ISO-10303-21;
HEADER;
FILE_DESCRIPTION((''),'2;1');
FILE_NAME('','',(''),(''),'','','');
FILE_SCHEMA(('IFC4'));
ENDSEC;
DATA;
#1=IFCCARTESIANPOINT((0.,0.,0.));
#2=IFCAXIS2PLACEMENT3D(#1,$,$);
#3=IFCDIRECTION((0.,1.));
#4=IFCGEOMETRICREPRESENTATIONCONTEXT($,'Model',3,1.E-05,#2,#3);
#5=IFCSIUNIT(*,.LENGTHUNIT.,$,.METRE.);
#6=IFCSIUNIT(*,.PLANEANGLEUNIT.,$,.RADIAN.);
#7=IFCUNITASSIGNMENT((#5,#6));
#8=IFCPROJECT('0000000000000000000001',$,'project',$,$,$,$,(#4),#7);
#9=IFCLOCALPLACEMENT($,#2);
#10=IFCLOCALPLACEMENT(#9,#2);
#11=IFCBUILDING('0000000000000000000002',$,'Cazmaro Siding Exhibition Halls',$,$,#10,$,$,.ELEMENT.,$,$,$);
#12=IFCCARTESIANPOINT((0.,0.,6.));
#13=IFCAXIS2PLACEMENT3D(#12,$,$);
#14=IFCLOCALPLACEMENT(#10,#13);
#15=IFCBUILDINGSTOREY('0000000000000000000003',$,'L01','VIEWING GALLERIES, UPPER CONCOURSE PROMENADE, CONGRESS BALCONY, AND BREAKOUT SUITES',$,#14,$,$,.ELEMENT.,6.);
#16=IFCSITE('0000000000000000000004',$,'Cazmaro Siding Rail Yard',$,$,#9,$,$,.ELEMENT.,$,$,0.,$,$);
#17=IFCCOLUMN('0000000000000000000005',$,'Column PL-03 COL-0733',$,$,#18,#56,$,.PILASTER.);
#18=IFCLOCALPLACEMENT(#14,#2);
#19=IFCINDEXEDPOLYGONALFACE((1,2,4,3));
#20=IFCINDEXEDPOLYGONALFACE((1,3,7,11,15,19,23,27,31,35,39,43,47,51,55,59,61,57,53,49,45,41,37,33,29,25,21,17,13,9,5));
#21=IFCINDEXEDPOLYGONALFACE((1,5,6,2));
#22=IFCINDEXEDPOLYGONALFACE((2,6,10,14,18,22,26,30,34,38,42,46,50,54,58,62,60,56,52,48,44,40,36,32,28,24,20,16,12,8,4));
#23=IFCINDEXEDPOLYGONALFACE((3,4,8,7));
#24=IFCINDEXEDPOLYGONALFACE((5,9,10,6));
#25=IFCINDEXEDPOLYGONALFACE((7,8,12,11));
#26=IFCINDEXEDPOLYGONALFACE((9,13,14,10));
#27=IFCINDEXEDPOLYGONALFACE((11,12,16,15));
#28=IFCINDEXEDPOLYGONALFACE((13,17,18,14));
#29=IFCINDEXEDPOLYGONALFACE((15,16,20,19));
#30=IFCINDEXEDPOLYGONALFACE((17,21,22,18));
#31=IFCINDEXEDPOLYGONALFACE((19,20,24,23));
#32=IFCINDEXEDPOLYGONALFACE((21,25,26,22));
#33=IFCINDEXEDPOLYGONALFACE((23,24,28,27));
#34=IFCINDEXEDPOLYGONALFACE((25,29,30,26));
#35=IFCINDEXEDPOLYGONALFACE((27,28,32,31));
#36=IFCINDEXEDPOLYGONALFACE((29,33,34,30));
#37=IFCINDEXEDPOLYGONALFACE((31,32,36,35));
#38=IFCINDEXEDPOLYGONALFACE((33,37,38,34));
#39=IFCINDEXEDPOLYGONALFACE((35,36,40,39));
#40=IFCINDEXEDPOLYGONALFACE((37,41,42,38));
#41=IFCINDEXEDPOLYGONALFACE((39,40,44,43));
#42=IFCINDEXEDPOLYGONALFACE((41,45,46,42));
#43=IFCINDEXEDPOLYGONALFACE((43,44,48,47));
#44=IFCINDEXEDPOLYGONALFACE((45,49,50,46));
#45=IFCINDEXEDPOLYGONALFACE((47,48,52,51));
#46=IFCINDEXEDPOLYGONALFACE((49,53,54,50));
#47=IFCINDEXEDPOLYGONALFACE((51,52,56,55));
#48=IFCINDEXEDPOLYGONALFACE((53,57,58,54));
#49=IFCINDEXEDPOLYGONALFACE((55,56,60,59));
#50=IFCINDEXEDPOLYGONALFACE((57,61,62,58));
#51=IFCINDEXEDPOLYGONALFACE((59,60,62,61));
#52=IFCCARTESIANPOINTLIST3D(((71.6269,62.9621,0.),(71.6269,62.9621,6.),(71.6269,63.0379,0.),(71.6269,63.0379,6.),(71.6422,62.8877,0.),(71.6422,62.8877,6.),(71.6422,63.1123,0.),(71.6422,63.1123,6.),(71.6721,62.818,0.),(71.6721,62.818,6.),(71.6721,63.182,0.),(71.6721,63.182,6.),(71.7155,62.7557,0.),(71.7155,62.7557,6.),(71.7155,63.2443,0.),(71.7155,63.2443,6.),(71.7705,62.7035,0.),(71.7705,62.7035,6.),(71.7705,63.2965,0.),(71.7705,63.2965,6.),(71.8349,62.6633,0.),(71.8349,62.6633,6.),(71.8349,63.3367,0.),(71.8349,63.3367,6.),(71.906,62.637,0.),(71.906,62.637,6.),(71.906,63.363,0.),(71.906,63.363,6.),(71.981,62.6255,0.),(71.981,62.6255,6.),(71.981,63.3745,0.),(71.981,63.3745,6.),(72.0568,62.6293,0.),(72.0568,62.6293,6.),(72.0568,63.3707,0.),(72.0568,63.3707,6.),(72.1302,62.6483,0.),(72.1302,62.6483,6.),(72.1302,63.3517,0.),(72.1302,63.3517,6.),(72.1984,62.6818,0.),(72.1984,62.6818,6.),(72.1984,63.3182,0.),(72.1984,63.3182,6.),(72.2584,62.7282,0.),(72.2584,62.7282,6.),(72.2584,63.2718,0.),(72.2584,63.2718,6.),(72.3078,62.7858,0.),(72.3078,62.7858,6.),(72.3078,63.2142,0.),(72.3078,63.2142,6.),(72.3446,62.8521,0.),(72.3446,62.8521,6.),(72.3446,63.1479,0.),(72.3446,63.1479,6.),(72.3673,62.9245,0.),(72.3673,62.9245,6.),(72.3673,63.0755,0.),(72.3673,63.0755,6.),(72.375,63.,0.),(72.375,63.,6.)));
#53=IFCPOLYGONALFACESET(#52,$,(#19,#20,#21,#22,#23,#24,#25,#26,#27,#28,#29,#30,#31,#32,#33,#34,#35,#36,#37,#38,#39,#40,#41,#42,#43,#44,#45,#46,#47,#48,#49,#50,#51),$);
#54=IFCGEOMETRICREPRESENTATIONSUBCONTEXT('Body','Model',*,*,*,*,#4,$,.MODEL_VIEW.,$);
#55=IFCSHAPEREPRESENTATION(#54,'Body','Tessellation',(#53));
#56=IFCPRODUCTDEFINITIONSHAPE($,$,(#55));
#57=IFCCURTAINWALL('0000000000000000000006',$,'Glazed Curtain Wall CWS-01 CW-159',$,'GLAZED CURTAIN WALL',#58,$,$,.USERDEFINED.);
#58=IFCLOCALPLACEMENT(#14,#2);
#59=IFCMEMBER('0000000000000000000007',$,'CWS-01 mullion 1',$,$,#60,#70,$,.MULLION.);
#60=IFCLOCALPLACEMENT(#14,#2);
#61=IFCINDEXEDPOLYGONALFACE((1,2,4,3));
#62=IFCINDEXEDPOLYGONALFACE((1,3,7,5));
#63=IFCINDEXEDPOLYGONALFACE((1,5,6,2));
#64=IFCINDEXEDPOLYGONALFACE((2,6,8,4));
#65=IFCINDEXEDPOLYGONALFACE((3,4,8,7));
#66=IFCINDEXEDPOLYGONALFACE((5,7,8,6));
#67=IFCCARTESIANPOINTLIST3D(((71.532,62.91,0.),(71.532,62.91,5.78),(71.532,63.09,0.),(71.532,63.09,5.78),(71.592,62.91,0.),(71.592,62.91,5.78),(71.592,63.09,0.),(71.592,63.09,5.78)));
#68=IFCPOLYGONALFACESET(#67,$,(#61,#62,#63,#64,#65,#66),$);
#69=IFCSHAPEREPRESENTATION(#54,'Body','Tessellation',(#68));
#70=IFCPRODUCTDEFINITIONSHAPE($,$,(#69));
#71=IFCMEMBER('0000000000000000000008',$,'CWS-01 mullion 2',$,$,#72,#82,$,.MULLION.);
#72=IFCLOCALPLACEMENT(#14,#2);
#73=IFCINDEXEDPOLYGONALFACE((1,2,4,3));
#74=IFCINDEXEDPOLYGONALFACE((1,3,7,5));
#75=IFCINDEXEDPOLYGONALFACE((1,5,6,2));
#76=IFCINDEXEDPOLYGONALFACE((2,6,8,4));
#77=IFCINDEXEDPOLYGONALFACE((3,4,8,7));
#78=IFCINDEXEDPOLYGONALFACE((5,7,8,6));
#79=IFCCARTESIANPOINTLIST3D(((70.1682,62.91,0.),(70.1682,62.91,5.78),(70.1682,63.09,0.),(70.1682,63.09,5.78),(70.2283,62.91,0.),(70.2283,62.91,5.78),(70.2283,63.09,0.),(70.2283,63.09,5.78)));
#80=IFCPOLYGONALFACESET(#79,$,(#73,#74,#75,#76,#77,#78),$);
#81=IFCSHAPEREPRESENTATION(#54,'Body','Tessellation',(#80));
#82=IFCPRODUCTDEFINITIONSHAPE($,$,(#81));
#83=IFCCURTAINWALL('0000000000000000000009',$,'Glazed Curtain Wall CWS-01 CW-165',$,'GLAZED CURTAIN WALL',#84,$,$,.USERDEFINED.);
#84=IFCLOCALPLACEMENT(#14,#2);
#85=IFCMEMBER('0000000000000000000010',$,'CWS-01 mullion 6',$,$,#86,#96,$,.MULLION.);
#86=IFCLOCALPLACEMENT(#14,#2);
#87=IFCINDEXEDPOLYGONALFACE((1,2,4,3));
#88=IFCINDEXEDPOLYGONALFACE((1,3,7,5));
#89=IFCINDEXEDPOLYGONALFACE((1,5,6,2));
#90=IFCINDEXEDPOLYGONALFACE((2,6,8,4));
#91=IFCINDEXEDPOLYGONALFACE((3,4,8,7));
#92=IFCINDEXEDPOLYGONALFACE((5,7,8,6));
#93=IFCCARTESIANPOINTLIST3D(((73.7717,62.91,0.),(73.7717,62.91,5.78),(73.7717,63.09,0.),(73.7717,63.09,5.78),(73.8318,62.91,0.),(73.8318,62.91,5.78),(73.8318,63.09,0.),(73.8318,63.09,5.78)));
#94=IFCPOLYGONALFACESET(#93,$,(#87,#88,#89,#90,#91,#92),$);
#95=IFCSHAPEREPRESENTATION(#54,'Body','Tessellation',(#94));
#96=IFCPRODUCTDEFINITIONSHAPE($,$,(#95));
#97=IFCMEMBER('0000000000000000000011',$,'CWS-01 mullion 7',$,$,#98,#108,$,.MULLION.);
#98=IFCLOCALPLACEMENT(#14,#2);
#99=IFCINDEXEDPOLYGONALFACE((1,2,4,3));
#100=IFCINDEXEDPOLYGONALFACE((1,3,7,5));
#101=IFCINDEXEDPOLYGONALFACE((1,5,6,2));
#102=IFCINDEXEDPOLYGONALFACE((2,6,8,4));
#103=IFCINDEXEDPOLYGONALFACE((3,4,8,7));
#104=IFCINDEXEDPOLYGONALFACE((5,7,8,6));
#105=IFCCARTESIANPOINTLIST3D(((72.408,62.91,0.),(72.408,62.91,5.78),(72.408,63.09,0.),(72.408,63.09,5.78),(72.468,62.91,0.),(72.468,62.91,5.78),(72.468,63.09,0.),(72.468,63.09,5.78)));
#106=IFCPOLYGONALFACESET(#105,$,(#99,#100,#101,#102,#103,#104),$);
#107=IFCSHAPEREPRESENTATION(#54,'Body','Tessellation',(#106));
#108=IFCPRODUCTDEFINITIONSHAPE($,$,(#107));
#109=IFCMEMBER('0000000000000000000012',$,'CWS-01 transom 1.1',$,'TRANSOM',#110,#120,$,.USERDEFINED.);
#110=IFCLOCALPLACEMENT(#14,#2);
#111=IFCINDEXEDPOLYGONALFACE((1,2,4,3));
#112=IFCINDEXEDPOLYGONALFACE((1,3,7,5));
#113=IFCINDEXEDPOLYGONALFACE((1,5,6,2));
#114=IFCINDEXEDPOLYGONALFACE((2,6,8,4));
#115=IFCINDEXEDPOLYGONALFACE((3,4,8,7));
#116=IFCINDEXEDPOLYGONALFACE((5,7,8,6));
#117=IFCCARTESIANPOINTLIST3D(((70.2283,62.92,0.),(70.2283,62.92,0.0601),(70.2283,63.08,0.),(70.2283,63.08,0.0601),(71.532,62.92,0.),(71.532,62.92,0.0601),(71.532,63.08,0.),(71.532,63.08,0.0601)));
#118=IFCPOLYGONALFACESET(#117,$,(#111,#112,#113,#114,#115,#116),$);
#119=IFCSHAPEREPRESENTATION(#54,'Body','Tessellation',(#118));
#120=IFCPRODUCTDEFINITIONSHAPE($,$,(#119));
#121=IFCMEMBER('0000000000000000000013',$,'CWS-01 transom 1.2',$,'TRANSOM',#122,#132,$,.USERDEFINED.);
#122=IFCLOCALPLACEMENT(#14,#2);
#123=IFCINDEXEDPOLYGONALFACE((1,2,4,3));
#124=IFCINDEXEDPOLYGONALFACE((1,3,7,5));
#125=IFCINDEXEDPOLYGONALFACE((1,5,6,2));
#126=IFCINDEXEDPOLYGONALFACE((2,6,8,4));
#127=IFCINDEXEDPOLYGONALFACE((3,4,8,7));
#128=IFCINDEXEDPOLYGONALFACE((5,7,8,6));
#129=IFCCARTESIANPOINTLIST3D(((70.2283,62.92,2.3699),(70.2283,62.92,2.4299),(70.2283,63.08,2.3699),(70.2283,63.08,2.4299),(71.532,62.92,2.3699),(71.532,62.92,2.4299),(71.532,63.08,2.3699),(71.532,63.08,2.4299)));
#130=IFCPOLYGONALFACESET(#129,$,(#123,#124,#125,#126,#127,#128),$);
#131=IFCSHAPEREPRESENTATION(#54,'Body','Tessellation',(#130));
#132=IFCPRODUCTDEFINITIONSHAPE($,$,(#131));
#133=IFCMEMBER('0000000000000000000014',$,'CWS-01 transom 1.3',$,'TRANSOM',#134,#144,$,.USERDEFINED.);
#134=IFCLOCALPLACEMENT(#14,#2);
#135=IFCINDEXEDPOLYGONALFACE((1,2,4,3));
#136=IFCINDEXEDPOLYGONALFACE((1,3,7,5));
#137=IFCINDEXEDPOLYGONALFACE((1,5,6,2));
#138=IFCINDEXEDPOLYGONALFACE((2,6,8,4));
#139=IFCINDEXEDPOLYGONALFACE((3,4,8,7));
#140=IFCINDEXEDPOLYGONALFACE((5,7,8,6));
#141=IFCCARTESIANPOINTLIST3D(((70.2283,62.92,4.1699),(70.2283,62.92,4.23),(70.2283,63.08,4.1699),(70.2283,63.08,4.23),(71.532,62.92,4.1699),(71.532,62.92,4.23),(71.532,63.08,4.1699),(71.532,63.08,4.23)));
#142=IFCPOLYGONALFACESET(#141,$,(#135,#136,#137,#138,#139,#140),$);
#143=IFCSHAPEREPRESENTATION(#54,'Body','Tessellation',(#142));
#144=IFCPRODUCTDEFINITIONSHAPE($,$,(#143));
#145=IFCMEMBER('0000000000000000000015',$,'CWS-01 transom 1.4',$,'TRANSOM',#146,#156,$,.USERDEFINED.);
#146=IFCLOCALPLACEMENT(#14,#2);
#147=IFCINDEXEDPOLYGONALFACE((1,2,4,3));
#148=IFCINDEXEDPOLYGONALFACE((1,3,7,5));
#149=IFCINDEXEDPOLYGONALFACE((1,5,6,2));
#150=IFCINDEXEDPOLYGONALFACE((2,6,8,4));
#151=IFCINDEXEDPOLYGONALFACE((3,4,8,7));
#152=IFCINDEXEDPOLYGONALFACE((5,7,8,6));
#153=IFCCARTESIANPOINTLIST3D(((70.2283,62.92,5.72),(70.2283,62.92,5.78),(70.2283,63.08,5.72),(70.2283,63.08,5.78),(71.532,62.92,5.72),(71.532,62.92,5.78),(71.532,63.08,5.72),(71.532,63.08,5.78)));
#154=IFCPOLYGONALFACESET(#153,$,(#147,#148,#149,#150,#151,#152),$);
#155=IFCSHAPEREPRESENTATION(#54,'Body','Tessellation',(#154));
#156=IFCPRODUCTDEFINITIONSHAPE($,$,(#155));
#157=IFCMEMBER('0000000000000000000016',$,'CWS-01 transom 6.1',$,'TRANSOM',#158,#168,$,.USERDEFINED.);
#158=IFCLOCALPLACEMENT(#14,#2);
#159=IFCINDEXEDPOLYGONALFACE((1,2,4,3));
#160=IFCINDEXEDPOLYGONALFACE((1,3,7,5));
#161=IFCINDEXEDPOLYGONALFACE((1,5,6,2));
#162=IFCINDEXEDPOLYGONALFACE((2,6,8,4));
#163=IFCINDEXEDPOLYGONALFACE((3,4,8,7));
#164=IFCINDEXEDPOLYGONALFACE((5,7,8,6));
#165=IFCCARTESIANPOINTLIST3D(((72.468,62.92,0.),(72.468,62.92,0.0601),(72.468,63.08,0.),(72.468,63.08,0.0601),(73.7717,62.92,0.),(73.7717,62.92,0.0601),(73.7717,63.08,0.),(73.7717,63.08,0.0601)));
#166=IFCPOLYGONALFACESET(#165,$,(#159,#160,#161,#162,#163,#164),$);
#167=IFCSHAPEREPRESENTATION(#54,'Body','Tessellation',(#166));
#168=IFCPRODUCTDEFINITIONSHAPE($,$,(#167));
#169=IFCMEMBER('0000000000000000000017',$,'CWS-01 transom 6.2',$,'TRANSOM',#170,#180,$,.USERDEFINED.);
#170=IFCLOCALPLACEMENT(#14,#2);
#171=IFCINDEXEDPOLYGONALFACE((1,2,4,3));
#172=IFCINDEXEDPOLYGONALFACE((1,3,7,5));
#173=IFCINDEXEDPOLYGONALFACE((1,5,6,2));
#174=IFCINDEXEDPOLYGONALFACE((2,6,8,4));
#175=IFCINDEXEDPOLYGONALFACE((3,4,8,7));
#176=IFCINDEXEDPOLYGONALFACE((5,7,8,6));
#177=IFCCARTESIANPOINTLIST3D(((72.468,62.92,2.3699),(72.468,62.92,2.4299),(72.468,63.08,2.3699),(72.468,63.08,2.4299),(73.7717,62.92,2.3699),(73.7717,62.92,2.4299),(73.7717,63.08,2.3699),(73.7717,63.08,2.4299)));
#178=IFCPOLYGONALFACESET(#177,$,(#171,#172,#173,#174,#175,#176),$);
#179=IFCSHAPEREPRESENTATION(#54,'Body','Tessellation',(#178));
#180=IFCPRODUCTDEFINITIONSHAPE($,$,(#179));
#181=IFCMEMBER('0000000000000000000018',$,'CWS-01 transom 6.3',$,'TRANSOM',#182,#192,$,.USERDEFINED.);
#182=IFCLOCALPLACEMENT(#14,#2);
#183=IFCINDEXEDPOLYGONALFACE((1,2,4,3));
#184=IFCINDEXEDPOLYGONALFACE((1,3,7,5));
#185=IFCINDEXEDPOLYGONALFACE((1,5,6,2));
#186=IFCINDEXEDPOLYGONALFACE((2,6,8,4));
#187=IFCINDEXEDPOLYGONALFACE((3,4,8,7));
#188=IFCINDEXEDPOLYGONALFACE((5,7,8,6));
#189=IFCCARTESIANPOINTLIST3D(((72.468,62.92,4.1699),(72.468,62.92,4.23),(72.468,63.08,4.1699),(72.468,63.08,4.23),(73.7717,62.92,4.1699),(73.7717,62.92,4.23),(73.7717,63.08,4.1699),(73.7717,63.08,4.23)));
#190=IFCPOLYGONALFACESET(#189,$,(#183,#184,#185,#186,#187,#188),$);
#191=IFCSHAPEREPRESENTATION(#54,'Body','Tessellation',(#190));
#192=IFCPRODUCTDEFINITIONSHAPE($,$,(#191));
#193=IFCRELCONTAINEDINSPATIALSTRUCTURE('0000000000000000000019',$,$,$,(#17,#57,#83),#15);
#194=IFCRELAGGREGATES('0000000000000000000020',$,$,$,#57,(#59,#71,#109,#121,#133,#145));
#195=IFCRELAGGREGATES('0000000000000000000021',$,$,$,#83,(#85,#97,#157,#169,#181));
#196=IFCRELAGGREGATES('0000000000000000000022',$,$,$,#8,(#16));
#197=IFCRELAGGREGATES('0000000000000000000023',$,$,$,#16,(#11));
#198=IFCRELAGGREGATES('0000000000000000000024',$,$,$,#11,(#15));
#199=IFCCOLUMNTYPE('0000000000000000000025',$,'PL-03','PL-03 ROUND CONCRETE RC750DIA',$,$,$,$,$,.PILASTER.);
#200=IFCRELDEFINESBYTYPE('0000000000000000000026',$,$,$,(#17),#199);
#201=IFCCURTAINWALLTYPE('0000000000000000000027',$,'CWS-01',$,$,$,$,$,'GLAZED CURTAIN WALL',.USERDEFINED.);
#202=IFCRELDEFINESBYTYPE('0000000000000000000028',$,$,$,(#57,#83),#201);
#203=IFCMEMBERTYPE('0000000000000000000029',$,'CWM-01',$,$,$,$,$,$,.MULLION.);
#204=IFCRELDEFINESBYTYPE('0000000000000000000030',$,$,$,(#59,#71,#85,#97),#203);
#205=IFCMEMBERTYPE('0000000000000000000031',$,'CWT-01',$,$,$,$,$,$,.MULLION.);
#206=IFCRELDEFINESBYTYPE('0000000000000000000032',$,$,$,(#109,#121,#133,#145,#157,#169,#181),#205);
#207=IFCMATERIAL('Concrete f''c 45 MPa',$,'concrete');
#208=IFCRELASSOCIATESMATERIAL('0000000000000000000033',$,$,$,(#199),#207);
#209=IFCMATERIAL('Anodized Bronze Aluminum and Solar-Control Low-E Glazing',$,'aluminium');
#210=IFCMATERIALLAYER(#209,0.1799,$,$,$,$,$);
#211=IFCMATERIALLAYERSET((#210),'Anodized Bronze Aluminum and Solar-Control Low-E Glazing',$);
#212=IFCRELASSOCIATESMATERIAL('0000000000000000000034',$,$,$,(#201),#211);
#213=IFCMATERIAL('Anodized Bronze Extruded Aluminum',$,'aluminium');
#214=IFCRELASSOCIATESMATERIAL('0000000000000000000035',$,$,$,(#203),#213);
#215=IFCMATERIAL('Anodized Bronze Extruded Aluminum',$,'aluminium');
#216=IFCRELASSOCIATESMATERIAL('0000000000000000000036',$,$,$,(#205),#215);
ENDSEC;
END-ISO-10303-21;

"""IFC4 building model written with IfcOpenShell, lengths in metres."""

from ifc_helpers import new_model, si_unit, direction, frame, origin, origin_2d, place, context, subcontext, project, spatial, rectangle, circle, extrude, material, layer, layer_set, material_profile, profile_set, type_object, element, aggregate, save


model = new_model("IFC4")

# Units and contexts
model_context = context("Model", 3, precision=1e-05, world=origin(), true_north=direction((0.0, 1.0)))
body_context = subcontext(model_context, "Body", "Model", "MODEL_VIEW")
ifc_project = project(units=[si_unit("LENGTHUNIT", "METRE"), si_unit("PLANEANGLEUNIT", "RADIAN")], contexts=[model_context])

# Site, building, storey
site_placement = place(None, origin())
site = spatial("IfcSite", under=ifc_project, at=site_placement, Name="Cazmaro Siding Rail Yard", CompositionType="ELEMENT", RefElevation=0.0)
building_placement = place(site_placement, origin())
building = spatial("IfcBuilding", under=site, at=building_placement, Name="Cazmaro Siding Exhibition Halls", CompositionType="ELEMENT")
storey_placement = place(building_placement, frame((0.0, 0.0, 6.0)))
storey = spatial("IfcBuildingStorey", under=building, at=storey_placement, Name="L01", Description="VIEWING GALLERIES, UPPER CONCOURSE PROMENADE, CONGRESS BALCONY, AND BREAKOUT SUITES", CompositionType="ELEMENT", Elevation=6.0)

# Column
ifc_material_1 = material(Name="Concrete f'c 45 MPa", Category="concrete")
ifc_material_profile_1 = material_profile(ifc_material_1, circle(Radius=0.375, at=origin_2d()), Name="RC750DIA")
ifc_profile_set_1 = profile_set([ifc_material_profile_1], Name="Concrete f'c 45 MPa")
column_type = type_object("IfcColumnType", Name="PL-03", Description="PL-03 ROUND CONCRETE RC750DIA", PredefinedType="PILASTER", material=ifc_profile_set_1)
column_placement = place(storey_placement, frame((72.0, 63.0, 0.0), z_axis=(0.0, 0.0, 1.0), x_axis=(1.0, 0.0, 0.0)))
element("IfcColumn", 1, at=column_placement, inside=storey, type_object=column_type, Name="Column PL-03 COL-0733", PredefinedType="PILASTER", context=body_context, shape_type="SweptSolid", body=[
    extrude(circle(Radius=0.375, at=origin_2d()), origin(), (0.0, 0.0, 1.0), 6.0),
])

# Curtain walls, members
ifc_material_2 = material(Name="Anodized Bronze Aluminum and Solar-Control Low-E Glazing", Category="aluminium")
ifc_layer_1 = layer(ifc_material_2, 0.1799)
ifc_layer_set_1 = layer_set([ifc_layer_1], Name="Anodized Bronze Aluminum and Solar-Control Low-E Glazing")
curtain_wall_type = type_object("IfcCurtainWallType", Name="CWS-01", ElementType="GLAZED CURTAIN WALL", PredefinedType="USERDEFINED", material=ifc_layer_set_1)
curtain_wall_1_placement = place(storey_placement, origin())
curtain_wall_1 = element("IfcCurtainWall", 2, at=curtain_wall_1_placement, inside=storey, type_object=curtain_wall_type, Name="Glazed Curtain Wall CWS-01 CW-159", ObjectType="GLAZED CURTAIN WALL", PredefinedType="USERDEFINED")
ifc_material_3 = material(Name="Anodized Bronze Extruded Aluminum", Category="aluminium")
ifc_material_profile_2 = material_profile(ifc_material_3, rectangle(XDim=0.1799, YDim=0.0601, at=origin_2d()), Name="CWM-01")
ifc_profile_set_2 = profile_set([ifc_material_profile_2], Name="Anodized Bronze Extruded Aluminum")
member_type_1 = type_object("IfcMemberType", Name="CWM-01", PredefinedType="MULLION", material=ifc_profile_set_2)
member_1_placement = place(storey_placement, frame((71.562, 63.0, 0.0), z_axis=(0.0, 0.0, 1.0), x_axis=(0.0, -1.0, 0.0)))
member_1 = element("IfcMember", 3, at=member_1_placement, type_object=member_type_1, Name="CWS-01 mullion 1", PredefinedType="MULLION", context=body_context, shape_type="SweptSolid", body=[
    extrude(rectangle(XDim=0.1799, YDim=0.0601, at=origin_2d()), origin(), (0.0, 0.0, 1.0), 5.78),
])
member_2_placement = place(storey_placement, frame((70.1982, 63.0, 0.0), z_axis=(0.0, 0.0, 1.0), x_axis=(0.0, -1.0, 0.0)))
member_2 = element("IfcMember", 4, at=member_2_placement, type_object=member_type_1, Name="CWS-01 mullion 2", PredefinedType="MULLION", context=body_context, shape_type="SweptSolid", body=[
    extrude(rectangle(XDim=0.1799, YDim=0.0601, at=origin_2d()), origin(), (0.0, 0.0, 1.0), 5.78),
])
curtain_wall_2_placement = place(storey_placement, origin())
curtain_wall_2 = element("IfcCurtainWall", 5, at=curtain_wall_2_placement, inside=storey, type_object=curtain_wall_type, Name="Glazed Curtain Wall CWS-01 CW-165", ObjectType="GLAZED CURTAIN WALL", PredefinedType="USERDEFINED")
member_3_placement = place(storey_placement, frame((73.8018, 63.0, 0.0), z_axis=(0.0, 0.0, 1.0), x_axis=(0.0, -1.0, 0.0)))
member_3 = element("IfcMember", 6, at=member_3_placement, type_object=member_type_1, Name="CWS-01 mullion 6", PredefinedType="MULLION", context=body_context, shape_type="SweptSolid", body=[
    extrude(rectangle(XDim=0.1799, YDim=0.0601, at=origin_2d()), origin(), (0.0, 0.0, 1.0), 5.78),
])
member_4_placement = place(storey_placement, frame((72.438, 63.0, 0.0), z_axis=(0.0, 0.0, 1.0), x_axis=(0.0, -1.0, 0.0)))
member_4 = element("IfcMember", 7, at=member_4_placement, type_object=member_type_1, Name="CWS-01 mullion 7", PredefinedType="MULLION", context=body_context, shape_type="SweptSolid", body=[
    extrude(rectangle(XDim=0.1799, YDim=0.0601, at=origin_2d()), origin(), (0.0, 0.0, 1.0), 5.78),
])

# Members
ifc_material_4 = material(Name="Anodized Bronze Extruded Aluminum", Category="aluminium")
ifc_material_profile_3 = material_profile(ifc_material_4, rectangle(XDim=0.1599, YDim=0.0601, at=origin_2d()), Name="CWT-01")
ifc_profile_set_3 = profile_set([ifc_material_profile_3], Name="Anodized Bronze Extruded Aluminum")
member_type_2 = type_object("IfcMemberType", Name="CWT-01", PredefinedType="MULLION", material=ifc_profile_set_3)
member_5_placement = place(storey_placement, frame((71.532, 63.0, 0.03), z_axis=(-1.0, 0.0, 0.0), x_axis=(0.0, -1.0, 0.0)))
member_5 = element("IfcMember", 8, at=member_5_placement, type_object=member_type_2, Name="CWS-01 transom 1.1", ObjectType="TRANSOM", PredefinedType="USERDEFINED", context=body_context, shape_type="SweptSolid", body=[
    extrude(rectangle(XDim=0.1599, YDim=0.0601, at=origin_2d()), origin(), (0.0, 0.0, 1.0), 1.3037),
])
member_6_placement = place(storey_placement, frame((71.532, 63.0, 2.3999), z_axis=(-1.0, 0.0, 0.0), x_axis=(0.0, -1.0, 0.0)))
member_6 = element("IfcMember", 9, at=member_6_placement, type_object=member_type_2, Name="CWS-01 transom 1.2", ObjectType="TRANSOM", PredefinedType="USERDEFINED", context=body_context, shape_type="SweptSolid", body=[
    extrude(rectangle(XDim=0.1599, YDim=0.0601, at=origin_2d()), origin(), (0.0, 0.0, 1.0), 1.3037),
])
member_7_placement = place(storey_placement, frame((71.532, 63.0, 4.2), z_axis=(-1.0, 0.0, 0.0), x_axis=(0.0, -1.0, 0.0)))
member_7 = element("IfcMember", 10, at=member_7_placement, type_object=member_type_2, Name="CWS-01 transom 1.3", ObjectType="TRANSOM", PredefinedType="USERDEFINED", context=body_context, shape_type="SweptSolid", body=[
    extrude(rectangle(XDim=0.1599, YDim=0.0601, at=origin_2d()), origin(), (0.0, 0.0, 1.0), 1.3037),
])
member_8_placement = place(storey_placement, frame((71.532, 63.0, 5.75), z_axis=(-1.0, 0.0, 0.0), x_axis=(0.0, -1.0, 0.0)))
member_8 = element("IfcMember", 11, at=member_8_placement, type_object=member_type_2, Name="CWS-01 transom 1.4", ObjectType="TRANSOM", PredefinedType="USERDEFINED", context=body_context, shape_type="SweptSolid", body=[
    extrude(rectangle(XDim=0.1599, YDim=0.0601, at=origin_2d()), origin(), (0.0, 0.0, 1.0), 1.3037),
])
member_9_placement = place(storey_placement, frame((73.7717, 63.0, 0.03), z_axis=(-1.0, 0.0, 0.0), x_axis=(0.0, -1.0, 0.0)))
member_9 = element("IfcMember", 12, at=member_9_placement, type_object=member_type_2, Name="CWS-01 transom 6.1", ObjectType="TRANSOM", PredefinedType="USERDEFINED", context=body_context, shape_type="SweptSolid", body=[
    extrude(rectangle(XDim=0.1599, YDim=0.0601, at=origin_2d()), origin(), (0.0, 0.0, 1.0), 1.3037),
])
member_10_placement = place(storey_placement, frame((73.7717, 63.0, 2.3999), z_axis=(-1.0, 0.0, 0.0), x_axis=(0.0, -1.0, 0.0)))
member_10 = element("IfcMember", 13, at=member_10_placement, type_object=member_type_2, Name="CWS-01 transom 6.2", ObjectType="TRANSOM", PredefinedType="USERDEFINED", context=body_context, shape_type="SweptSolid", body=[
    extrude(rectangle(XDim=0.1599, YDim=0.0601, at=origin_2d()), origin(), (0.0, 0.0, 1.0), 1.3037),
])
member_11_placement = place(storey_placement, frame((73.7717, 63.0, 4.2), z_axis=(-1.0, 0.0, 0.0), x_axis=(0.0, -1.0, 0.0)))
member_11 = element("IfcMember", 14, at=member_11_placement, type_object=member_type_2, Name="CWS-01 transom 6.3", ObjectType="TRANSOM", PredefinedType="USERDEFINED", context=body_context, shape_type="SweptSolid", body=[
    extrude(rectangle(XDim=0.1599, YDim=0.0601, at=origin_2d()), origin(), (0.0, 0.0, 1.0), 1.3037),
])

aggregate(curtain_wall_1, [member_1, member_2, member_5, member_6, member_7, member_8])
aggregate(curtain_wall_2, [member_3, member_4, member_9, member_10, member_11])

save(model, "model.ifc")
